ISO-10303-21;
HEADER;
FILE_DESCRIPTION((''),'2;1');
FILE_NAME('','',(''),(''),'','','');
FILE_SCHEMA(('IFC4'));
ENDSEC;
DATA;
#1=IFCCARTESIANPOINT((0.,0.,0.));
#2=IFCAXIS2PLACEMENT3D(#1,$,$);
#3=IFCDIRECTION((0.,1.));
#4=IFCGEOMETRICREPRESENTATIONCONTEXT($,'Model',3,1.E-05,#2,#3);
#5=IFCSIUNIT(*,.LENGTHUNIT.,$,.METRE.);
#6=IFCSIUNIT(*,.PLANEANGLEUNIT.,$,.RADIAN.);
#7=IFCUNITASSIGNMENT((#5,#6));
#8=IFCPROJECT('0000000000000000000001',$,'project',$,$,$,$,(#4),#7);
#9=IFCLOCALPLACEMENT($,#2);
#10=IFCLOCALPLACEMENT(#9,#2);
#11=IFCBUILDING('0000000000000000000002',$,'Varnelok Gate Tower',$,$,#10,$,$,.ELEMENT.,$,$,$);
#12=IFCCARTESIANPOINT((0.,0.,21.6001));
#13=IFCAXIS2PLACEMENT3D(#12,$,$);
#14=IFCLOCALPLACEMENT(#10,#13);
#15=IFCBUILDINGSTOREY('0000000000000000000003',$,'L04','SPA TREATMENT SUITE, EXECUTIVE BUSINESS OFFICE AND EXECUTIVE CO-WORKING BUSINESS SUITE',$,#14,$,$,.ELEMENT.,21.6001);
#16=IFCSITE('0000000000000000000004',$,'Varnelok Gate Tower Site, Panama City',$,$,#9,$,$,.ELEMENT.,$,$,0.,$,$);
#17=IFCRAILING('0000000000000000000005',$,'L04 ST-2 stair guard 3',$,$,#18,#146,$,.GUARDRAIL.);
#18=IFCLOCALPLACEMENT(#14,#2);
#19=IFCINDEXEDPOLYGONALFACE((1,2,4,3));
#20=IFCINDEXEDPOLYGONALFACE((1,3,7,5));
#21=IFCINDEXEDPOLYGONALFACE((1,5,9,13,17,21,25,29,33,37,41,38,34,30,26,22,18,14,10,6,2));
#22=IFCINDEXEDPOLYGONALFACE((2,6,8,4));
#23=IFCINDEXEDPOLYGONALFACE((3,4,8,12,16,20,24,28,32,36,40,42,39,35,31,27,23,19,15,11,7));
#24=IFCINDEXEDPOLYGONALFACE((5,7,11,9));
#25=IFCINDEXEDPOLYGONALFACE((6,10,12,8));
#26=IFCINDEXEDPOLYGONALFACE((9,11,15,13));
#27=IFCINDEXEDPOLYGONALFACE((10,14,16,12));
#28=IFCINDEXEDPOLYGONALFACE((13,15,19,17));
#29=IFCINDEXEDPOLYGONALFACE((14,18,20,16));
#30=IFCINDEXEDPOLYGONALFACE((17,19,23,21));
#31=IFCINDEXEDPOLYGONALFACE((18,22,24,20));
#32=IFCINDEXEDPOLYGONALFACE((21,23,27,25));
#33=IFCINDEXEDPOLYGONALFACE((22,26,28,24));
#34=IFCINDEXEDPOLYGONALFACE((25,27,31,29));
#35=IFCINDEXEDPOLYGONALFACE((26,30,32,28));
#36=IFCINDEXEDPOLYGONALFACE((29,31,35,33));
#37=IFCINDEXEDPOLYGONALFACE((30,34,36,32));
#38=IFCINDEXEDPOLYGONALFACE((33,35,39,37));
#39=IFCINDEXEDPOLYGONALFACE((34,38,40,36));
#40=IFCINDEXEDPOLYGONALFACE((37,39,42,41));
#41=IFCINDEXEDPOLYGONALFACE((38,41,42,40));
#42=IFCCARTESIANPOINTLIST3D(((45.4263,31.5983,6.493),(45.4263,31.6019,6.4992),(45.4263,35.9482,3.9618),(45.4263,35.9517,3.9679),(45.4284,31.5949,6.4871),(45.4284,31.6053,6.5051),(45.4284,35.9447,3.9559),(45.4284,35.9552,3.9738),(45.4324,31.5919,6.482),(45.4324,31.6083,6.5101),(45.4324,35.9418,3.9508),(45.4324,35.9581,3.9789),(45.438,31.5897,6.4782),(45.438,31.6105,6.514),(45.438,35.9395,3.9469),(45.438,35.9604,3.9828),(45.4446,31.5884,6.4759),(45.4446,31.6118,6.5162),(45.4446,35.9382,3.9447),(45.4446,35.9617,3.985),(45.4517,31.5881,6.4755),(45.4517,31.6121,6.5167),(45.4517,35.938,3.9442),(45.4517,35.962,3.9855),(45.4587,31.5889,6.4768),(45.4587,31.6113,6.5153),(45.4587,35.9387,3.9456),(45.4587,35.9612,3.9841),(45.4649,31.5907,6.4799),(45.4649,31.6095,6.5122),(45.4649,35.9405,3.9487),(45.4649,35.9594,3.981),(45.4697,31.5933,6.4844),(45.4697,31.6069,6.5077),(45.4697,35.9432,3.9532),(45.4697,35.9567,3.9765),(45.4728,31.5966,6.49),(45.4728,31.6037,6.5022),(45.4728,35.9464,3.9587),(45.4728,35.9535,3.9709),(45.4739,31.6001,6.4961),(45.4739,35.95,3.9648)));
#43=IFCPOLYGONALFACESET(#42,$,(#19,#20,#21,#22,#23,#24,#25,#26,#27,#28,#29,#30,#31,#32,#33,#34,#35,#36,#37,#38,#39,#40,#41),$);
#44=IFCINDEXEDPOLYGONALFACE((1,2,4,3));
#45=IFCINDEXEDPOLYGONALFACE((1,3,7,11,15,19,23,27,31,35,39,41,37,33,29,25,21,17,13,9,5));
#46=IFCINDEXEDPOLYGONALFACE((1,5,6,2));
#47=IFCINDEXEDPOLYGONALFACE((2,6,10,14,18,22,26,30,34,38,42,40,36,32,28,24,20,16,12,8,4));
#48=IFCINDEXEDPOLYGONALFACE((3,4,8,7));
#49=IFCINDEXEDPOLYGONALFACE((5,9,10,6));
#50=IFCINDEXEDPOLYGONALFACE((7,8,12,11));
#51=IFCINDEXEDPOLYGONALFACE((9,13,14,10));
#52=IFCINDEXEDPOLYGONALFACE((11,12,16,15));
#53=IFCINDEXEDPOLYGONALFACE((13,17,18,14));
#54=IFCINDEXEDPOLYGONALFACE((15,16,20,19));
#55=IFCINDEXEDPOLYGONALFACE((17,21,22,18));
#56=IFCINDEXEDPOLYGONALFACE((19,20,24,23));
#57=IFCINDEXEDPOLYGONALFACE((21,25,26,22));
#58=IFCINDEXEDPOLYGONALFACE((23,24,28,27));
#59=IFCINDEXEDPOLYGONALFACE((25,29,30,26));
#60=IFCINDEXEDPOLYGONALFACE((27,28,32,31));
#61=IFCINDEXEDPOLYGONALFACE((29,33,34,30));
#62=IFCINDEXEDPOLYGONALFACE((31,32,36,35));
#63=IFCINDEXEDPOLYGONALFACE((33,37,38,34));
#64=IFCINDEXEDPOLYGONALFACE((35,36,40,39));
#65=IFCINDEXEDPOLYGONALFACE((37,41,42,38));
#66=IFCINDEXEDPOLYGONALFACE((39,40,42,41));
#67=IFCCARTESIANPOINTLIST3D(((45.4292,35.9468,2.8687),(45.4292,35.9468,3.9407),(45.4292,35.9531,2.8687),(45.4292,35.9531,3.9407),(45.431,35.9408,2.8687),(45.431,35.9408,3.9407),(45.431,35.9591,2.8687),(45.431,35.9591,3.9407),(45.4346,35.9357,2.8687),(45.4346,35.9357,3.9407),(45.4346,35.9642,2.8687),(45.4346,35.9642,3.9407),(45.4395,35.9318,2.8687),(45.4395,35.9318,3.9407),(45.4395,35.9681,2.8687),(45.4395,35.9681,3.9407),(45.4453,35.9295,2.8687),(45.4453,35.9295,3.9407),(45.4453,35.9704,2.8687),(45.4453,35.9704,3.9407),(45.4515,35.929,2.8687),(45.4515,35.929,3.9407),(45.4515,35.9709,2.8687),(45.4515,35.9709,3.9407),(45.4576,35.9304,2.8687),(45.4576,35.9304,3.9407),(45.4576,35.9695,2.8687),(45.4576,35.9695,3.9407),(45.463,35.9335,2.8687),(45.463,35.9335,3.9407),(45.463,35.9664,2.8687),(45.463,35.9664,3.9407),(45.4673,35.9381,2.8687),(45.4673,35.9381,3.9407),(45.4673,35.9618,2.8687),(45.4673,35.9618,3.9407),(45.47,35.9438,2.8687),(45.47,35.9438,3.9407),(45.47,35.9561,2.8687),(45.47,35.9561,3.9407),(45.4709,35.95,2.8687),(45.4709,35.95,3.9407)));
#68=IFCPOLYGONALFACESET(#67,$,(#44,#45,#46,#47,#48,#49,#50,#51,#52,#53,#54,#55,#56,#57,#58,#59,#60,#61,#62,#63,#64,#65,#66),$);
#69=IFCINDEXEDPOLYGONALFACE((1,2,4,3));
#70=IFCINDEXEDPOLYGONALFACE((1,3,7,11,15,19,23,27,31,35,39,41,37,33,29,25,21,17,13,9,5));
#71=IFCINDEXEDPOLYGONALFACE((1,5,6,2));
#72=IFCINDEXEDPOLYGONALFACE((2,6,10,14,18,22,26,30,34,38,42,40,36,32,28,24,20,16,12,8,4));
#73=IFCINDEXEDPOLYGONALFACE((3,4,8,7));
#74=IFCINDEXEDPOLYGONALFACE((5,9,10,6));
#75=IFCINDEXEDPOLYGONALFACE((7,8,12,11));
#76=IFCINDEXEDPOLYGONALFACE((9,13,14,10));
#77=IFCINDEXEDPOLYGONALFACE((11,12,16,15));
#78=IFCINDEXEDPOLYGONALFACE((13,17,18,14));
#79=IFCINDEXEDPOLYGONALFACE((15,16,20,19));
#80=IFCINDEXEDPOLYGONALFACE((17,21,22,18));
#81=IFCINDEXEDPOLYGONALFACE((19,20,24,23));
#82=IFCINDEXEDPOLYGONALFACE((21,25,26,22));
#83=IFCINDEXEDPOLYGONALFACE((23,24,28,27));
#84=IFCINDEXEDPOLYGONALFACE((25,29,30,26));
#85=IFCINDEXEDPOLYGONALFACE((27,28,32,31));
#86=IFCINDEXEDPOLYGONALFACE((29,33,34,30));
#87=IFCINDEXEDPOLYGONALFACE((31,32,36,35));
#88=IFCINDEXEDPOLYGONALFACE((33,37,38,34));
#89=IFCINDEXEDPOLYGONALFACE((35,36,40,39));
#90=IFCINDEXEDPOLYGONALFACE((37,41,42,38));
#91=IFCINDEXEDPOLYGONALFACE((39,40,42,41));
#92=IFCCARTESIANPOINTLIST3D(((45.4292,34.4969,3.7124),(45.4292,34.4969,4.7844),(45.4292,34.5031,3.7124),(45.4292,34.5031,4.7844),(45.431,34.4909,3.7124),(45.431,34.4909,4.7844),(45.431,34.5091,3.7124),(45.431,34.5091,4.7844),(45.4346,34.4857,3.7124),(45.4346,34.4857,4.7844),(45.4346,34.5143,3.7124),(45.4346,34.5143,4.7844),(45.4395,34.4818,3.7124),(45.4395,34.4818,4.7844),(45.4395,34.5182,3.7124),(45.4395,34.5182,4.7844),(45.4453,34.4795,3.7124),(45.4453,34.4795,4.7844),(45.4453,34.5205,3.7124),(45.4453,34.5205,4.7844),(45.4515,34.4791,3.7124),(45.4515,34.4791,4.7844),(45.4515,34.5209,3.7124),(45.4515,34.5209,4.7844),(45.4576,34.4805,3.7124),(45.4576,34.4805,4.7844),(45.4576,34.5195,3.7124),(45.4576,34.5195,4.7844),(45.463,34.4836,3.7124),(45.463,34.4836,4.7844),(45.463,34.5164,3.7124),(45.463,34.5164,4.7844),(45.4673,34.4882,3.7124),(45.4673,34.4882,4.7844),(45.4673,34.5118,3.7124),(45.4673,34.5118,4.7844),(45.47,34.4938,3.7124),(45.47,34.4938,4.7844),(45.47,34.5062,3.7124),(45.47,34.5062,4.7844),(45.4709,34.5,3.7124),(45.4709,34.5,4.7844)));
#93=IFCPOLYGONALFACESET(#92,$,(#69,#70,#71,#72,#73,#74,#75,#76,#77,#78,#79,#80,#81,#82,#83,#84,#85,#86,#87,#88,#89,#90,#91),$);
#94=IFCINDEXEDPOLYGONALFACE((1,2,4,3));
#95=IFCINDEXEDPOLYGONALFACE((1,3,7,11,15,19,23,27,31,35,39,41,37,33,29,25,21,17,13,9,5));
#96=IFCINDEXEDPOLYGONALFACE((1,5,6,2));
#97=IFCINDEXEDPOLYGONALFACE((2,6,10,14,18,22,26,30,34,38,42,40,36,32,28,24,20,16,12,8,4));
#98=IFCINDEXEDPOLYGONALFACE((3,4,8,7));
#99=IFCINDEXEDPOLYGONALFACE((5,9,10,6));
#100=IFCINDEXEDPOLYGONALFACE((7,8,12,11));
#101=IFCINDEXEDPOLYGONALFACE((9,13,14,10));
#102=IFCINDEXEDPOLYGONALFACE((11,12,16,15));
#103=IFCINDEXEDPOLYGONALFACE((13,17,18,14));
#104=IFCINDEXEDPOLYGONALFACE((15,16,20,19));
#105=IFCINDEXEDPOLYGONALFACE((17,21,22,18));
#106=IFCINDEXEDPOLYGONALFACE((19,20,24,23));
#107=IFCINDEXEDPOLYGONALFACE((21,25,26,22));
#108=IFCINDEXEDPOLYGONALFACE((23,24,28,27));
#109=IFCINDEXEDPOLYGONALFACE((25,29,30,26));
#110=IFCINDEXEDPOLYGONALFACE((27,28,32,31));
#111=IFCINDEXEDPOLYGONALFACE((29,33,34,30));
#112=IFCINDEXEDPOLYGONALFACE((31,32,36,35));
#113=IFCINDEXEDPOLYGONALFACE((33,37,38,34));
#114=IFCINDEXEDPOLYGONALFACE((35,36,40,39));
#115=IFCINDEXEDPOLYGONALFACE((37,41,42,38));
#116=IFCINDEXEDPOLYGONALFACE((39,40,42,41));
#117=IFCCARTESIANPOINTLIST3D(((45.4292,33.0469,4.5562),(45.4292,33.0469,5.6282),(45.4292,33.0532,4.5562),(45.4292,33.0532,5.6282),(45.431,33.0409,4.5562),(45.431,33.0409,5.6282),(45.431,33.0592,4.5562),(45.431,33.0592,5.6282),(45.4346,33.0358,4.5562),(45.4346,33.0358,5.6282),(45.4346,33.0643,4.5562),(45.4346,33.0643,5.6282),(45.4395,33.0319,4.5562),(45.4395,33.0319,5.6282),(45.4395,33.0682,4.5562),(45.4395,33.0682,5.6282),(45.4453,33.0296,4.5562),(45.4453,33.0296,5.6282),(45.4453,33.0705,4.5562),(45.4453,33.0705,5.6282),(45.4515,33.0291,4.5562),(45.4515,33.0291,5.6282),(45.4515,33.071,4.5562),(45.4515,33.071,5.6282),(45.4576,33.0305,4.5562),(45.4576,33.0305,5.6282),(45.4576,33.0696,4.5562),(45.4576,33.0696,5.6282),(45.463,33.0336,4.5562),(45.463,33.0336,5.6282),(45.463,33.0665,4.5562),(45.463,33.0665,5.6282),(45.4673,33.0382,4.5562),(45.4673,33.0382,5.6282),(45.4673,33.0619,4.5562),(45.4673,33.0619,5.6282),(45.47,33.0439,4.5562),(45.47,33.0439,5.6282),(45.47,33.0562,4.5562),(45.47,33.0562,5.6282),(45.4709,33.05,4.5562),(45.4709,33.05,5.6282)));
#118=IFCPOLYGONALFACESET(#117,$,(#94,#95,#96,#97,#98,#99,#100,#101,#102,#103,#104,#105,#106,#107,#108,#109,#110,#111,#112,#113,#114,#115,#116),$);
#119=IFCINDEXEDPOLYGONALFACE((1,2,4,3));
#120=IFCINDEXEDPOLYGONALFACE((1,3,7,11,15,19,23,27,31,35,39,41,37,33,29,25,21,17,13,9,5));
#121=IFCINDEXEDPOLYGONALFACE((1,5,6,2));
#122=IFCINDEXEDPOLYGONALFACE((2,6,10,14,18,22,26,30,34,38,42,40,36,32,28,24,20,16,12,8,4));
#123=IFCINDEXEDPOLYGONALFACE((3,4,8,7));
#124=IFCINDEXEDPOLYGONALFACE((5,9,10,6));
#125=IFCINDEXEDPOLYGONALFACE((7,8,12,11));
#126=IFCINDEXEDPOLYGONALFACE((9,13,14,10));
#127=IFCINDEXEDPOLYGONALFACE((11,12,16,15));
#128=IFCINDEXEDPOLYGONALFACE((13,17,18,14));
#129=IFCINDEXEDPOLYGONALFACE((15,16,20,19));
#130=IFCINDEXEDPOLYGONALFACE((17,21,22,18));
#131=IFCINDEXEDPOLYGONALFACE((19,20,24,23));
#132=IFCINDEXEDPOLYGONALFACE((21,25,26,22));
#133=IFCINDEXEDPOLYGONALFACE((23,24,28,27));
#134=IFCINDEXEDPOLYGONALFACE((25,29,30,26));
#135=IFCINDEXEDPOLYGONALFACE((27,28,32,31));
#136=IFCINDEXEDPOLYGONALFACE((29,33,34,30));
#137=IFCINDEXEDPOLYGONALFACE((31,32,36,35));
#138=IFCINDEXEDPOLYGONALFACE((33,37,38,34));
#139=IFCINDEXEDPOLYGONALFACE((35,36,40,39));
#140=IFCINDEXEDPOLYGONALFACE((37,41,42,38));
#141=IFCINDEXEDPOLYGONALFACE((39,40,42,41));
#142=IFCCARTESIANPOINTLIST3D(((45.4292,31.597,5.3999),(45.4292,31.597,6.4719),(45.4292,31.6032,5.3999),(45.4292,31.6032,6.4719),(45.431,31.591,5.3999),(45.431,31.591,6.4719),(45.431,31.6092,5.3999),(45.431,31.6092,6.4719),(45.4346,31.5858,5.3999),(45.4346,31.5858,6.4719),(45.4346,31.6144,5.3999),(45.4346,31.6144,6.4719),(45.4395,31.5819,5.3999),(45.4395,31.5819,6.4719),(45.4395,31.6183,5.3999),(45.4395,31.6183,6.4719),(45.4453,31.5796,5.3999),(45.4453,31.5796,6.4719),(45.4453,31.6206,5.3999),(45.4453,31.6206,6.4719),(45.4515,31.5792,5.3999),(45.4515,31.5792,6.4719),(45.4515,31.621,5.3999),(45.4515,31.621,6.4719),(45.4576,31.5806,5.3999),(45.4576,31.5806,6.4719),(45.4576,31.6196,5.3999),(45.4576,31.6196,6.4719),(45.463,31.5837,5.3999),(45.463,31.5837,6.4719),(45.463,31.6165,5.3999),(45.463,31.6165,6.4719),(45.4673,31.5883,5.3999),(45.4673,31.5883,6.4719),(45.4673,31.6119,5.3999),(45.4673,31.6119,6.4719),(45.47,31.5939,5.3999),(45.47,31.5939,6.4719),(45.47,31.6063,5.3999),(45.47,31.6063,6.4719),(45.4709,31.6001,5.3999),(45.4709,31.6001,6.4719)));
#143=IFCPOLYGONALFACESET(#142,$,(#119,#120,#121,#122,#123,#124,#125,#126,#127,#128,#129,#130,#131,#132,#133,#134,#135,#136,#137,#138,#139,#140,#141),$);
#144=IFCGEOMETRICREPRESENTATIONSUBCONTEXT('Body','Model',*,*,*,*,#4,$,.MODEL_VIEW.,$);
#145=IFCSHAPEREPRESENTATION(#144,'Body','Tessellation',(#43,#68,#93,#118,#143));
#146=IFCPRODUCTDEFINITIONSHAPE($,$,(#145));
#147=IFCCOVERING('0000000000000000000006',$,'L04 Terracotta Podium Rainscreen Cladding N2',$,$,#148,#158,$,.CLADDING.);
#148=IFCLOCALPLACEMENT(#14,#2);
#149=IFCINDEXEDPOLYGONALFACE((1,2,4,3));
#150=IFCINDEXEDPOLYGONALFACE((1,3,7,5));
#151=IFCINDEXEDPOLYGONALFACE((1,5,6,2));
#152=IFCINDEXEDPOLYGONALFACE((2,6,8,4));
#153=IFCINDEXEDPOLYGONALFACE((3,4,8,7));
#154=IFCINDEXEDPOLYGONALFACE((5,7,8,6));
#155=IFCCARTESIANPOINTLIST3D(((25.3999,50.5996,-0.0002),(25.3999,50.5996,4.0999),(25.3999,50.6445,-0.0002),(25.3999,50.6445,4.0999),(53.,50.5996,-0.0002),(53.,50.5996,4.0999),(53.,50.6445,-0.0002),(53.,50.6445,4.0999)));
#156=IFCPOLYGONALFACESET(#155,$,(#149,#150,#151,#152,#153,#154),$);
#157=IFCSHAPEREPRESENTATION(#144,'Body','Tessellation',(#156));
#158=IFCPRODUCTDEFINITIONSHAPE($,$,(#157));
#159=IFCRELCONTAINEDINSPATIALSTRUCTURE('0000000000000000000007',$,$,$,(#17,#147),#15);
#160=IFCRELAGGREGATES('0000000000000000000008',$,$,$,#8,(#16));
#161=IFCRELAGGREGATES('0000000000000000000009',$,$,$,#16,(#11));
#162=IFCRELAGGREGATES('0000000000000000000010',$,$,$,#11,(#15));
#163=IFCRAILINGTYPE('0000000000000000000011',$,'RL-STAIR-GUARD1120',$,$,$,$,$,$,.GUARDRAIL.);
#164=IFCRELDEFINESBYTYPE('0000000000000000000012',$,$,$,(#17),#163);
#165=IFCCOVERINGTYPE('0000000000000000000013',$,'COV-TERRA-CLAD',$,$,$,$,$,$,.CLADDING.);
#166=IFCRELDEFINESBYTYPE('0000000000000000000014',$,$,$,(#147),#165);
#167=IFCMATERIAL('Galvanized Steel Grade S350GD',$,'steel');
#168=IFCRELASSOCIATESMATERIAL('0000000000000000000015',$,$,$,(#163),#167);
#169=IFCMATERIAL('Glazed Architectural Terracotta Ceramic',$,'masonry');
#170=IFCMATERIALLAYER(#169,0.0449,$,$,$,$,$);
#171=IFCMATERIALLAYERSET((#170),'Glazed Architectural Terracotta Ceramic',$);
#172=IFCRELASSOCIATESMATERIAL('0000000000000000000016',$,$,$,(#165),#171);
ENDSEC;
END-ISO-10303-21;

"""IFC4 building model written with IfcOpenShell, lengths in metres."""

from ifc_helpers import new_model, si_unit, direction, frame, origin, origin_2d, place, context, subcontext, project, spatial, rectangle, circle, extrude, source, transform, mapped, material, layer, layer_set, type_object, element, save


model = new_model("IFC4")

# Units and contexts
model_context = context("Model", 3, precision=1e-05, world=origin(), true_north=direction((0.0, 1.0)))
body_context = subcontext(model_context, "Body", "Model", "MODEL_VIEW")
ifc_project = project(units=[si_unit("LENGTHUNIT", "METRE"), si_unit("PLANEANGLEUNIT", "RADIAN")], contexts=[model_context])

# Site, building, storey
site_placement = place(None, origin())
site = spatial("IfcSite", under=ifc_project, at=site_placement, Name="Varnelok Gate Tower Site, Panama City", CompositionType="ELEMENT", RefElevation=0.0)
building_placement = place(site_placement, origin())
building = spatial("IfcBuilding", under=site, at=building_placement, Name="Varnelok Gate Tower", CompositionType="ELEMENT")
storey_placement = place(building_placement, frame((0.0, 0.0, 21.6001)))
storey = spatial("IfcBuildingStorey", under=building, at=storey_placement, Name="L04", Description="SPA TREATMENT SUITE, EXECUTIVE BUSINESS OFFICE AND EXECUTIVE CO-WORKING BUSINESS SUITE", CompositionType="ELEMENT", Elevation=21.6001)

# Shared definitions
ifc_material_1 = material(Name="Galvanized Steel Grade S350GD", Category="steel")

# Railing
railing_type_1 = type_object("IfcRailingType", Name="RL-STAIR-GUARD1120", PredefinedType="GUARDRAIL", material=ifc_material_1)
railing_1_placement = place(storey_placement, frame((45.45, 35.95, 2.8687)))
element("IfcRailing", 1, at=railing_1_placement, inside=storey, type_object=railing_type_1, Name="L04 ST-2 stair guard 3", PredefinedType="GUARDRAIL", context=body_context, shape_type="SweptSolid", body=[
    extrude(circle(Radius=0.0239, at=origin_2d()), frame((0.0, 0.0, 1.0962), z_axis=(0.0, -0.864312, 0.502957), x_axis=(1.0, 0.0, 0.0)), (0.0, 0.0, 1.0), 5.0327),
    extrude(circle(Radius=0.021, at=origin_2d()), origin(), (0.0, 0.0, 1.0), 1.072),
    extrude(circle(Radius=0.021, at=origin_2d()), frame((0.0, -1.45, 0.8438)), (0.0, 0.0, 1.0), 1.072),
    extrude(circle(Radius=0.021, at=origin_2d()), frame((0.0, -2.8999, 1.6875)), (0.0, 0.0, 1.0), 1.072),
    extrude(circle(Radius=0.021, at=origin_2d()), frame((0.0, -4.3499, 2.5312)), (0.0, 0.0, 1.0), 1.072),
])

# Covering
ifc_material_2 = material(Name="Glazed Architectural Terracotta Ceramic", Category="masonry")
ifc_layer_1 = layer(ifc_material_2, 0.0449)
ifc_layer_set_1 = layer_set([ifc_layer_1], Name="Glazed Architectural Terracotta Ceramic")
covering_type = type_object("IfcCoveringType", Name="COV-TERRA-CLAD", PredefinedType="CLADDING", material=ifc_layer_set_1)
shared_shape = source(origin(), body_context, "Body", "SweptSolid", [
    extrude(rectangle(XDim=27.6001, YDim=0.0449, at=origin_2d()), origin(), (0.0, 0.0, 1.0), 4.1001),
])
covering_placement = place(storey_placement, frame((39.2, 50.6221, -0.0002), z_axis=(0.0, 0.0, 1.0), x_axis=(1.0, 0.0, 0.0)))
element("IfcCovering", 2, at=covering_placement, inside=storey, type_object=covering_type, Name="L04 Terracotta Podium Rainscreen Cladding N2", PredefinedType="CLADDING", context=body_context, shape_type="MappedRepresentation", body=[
    mapped(shared_shape, transform((0.0, 0.0, 0.0), scale=1.0)),
])

save(model, "model.ifc")
